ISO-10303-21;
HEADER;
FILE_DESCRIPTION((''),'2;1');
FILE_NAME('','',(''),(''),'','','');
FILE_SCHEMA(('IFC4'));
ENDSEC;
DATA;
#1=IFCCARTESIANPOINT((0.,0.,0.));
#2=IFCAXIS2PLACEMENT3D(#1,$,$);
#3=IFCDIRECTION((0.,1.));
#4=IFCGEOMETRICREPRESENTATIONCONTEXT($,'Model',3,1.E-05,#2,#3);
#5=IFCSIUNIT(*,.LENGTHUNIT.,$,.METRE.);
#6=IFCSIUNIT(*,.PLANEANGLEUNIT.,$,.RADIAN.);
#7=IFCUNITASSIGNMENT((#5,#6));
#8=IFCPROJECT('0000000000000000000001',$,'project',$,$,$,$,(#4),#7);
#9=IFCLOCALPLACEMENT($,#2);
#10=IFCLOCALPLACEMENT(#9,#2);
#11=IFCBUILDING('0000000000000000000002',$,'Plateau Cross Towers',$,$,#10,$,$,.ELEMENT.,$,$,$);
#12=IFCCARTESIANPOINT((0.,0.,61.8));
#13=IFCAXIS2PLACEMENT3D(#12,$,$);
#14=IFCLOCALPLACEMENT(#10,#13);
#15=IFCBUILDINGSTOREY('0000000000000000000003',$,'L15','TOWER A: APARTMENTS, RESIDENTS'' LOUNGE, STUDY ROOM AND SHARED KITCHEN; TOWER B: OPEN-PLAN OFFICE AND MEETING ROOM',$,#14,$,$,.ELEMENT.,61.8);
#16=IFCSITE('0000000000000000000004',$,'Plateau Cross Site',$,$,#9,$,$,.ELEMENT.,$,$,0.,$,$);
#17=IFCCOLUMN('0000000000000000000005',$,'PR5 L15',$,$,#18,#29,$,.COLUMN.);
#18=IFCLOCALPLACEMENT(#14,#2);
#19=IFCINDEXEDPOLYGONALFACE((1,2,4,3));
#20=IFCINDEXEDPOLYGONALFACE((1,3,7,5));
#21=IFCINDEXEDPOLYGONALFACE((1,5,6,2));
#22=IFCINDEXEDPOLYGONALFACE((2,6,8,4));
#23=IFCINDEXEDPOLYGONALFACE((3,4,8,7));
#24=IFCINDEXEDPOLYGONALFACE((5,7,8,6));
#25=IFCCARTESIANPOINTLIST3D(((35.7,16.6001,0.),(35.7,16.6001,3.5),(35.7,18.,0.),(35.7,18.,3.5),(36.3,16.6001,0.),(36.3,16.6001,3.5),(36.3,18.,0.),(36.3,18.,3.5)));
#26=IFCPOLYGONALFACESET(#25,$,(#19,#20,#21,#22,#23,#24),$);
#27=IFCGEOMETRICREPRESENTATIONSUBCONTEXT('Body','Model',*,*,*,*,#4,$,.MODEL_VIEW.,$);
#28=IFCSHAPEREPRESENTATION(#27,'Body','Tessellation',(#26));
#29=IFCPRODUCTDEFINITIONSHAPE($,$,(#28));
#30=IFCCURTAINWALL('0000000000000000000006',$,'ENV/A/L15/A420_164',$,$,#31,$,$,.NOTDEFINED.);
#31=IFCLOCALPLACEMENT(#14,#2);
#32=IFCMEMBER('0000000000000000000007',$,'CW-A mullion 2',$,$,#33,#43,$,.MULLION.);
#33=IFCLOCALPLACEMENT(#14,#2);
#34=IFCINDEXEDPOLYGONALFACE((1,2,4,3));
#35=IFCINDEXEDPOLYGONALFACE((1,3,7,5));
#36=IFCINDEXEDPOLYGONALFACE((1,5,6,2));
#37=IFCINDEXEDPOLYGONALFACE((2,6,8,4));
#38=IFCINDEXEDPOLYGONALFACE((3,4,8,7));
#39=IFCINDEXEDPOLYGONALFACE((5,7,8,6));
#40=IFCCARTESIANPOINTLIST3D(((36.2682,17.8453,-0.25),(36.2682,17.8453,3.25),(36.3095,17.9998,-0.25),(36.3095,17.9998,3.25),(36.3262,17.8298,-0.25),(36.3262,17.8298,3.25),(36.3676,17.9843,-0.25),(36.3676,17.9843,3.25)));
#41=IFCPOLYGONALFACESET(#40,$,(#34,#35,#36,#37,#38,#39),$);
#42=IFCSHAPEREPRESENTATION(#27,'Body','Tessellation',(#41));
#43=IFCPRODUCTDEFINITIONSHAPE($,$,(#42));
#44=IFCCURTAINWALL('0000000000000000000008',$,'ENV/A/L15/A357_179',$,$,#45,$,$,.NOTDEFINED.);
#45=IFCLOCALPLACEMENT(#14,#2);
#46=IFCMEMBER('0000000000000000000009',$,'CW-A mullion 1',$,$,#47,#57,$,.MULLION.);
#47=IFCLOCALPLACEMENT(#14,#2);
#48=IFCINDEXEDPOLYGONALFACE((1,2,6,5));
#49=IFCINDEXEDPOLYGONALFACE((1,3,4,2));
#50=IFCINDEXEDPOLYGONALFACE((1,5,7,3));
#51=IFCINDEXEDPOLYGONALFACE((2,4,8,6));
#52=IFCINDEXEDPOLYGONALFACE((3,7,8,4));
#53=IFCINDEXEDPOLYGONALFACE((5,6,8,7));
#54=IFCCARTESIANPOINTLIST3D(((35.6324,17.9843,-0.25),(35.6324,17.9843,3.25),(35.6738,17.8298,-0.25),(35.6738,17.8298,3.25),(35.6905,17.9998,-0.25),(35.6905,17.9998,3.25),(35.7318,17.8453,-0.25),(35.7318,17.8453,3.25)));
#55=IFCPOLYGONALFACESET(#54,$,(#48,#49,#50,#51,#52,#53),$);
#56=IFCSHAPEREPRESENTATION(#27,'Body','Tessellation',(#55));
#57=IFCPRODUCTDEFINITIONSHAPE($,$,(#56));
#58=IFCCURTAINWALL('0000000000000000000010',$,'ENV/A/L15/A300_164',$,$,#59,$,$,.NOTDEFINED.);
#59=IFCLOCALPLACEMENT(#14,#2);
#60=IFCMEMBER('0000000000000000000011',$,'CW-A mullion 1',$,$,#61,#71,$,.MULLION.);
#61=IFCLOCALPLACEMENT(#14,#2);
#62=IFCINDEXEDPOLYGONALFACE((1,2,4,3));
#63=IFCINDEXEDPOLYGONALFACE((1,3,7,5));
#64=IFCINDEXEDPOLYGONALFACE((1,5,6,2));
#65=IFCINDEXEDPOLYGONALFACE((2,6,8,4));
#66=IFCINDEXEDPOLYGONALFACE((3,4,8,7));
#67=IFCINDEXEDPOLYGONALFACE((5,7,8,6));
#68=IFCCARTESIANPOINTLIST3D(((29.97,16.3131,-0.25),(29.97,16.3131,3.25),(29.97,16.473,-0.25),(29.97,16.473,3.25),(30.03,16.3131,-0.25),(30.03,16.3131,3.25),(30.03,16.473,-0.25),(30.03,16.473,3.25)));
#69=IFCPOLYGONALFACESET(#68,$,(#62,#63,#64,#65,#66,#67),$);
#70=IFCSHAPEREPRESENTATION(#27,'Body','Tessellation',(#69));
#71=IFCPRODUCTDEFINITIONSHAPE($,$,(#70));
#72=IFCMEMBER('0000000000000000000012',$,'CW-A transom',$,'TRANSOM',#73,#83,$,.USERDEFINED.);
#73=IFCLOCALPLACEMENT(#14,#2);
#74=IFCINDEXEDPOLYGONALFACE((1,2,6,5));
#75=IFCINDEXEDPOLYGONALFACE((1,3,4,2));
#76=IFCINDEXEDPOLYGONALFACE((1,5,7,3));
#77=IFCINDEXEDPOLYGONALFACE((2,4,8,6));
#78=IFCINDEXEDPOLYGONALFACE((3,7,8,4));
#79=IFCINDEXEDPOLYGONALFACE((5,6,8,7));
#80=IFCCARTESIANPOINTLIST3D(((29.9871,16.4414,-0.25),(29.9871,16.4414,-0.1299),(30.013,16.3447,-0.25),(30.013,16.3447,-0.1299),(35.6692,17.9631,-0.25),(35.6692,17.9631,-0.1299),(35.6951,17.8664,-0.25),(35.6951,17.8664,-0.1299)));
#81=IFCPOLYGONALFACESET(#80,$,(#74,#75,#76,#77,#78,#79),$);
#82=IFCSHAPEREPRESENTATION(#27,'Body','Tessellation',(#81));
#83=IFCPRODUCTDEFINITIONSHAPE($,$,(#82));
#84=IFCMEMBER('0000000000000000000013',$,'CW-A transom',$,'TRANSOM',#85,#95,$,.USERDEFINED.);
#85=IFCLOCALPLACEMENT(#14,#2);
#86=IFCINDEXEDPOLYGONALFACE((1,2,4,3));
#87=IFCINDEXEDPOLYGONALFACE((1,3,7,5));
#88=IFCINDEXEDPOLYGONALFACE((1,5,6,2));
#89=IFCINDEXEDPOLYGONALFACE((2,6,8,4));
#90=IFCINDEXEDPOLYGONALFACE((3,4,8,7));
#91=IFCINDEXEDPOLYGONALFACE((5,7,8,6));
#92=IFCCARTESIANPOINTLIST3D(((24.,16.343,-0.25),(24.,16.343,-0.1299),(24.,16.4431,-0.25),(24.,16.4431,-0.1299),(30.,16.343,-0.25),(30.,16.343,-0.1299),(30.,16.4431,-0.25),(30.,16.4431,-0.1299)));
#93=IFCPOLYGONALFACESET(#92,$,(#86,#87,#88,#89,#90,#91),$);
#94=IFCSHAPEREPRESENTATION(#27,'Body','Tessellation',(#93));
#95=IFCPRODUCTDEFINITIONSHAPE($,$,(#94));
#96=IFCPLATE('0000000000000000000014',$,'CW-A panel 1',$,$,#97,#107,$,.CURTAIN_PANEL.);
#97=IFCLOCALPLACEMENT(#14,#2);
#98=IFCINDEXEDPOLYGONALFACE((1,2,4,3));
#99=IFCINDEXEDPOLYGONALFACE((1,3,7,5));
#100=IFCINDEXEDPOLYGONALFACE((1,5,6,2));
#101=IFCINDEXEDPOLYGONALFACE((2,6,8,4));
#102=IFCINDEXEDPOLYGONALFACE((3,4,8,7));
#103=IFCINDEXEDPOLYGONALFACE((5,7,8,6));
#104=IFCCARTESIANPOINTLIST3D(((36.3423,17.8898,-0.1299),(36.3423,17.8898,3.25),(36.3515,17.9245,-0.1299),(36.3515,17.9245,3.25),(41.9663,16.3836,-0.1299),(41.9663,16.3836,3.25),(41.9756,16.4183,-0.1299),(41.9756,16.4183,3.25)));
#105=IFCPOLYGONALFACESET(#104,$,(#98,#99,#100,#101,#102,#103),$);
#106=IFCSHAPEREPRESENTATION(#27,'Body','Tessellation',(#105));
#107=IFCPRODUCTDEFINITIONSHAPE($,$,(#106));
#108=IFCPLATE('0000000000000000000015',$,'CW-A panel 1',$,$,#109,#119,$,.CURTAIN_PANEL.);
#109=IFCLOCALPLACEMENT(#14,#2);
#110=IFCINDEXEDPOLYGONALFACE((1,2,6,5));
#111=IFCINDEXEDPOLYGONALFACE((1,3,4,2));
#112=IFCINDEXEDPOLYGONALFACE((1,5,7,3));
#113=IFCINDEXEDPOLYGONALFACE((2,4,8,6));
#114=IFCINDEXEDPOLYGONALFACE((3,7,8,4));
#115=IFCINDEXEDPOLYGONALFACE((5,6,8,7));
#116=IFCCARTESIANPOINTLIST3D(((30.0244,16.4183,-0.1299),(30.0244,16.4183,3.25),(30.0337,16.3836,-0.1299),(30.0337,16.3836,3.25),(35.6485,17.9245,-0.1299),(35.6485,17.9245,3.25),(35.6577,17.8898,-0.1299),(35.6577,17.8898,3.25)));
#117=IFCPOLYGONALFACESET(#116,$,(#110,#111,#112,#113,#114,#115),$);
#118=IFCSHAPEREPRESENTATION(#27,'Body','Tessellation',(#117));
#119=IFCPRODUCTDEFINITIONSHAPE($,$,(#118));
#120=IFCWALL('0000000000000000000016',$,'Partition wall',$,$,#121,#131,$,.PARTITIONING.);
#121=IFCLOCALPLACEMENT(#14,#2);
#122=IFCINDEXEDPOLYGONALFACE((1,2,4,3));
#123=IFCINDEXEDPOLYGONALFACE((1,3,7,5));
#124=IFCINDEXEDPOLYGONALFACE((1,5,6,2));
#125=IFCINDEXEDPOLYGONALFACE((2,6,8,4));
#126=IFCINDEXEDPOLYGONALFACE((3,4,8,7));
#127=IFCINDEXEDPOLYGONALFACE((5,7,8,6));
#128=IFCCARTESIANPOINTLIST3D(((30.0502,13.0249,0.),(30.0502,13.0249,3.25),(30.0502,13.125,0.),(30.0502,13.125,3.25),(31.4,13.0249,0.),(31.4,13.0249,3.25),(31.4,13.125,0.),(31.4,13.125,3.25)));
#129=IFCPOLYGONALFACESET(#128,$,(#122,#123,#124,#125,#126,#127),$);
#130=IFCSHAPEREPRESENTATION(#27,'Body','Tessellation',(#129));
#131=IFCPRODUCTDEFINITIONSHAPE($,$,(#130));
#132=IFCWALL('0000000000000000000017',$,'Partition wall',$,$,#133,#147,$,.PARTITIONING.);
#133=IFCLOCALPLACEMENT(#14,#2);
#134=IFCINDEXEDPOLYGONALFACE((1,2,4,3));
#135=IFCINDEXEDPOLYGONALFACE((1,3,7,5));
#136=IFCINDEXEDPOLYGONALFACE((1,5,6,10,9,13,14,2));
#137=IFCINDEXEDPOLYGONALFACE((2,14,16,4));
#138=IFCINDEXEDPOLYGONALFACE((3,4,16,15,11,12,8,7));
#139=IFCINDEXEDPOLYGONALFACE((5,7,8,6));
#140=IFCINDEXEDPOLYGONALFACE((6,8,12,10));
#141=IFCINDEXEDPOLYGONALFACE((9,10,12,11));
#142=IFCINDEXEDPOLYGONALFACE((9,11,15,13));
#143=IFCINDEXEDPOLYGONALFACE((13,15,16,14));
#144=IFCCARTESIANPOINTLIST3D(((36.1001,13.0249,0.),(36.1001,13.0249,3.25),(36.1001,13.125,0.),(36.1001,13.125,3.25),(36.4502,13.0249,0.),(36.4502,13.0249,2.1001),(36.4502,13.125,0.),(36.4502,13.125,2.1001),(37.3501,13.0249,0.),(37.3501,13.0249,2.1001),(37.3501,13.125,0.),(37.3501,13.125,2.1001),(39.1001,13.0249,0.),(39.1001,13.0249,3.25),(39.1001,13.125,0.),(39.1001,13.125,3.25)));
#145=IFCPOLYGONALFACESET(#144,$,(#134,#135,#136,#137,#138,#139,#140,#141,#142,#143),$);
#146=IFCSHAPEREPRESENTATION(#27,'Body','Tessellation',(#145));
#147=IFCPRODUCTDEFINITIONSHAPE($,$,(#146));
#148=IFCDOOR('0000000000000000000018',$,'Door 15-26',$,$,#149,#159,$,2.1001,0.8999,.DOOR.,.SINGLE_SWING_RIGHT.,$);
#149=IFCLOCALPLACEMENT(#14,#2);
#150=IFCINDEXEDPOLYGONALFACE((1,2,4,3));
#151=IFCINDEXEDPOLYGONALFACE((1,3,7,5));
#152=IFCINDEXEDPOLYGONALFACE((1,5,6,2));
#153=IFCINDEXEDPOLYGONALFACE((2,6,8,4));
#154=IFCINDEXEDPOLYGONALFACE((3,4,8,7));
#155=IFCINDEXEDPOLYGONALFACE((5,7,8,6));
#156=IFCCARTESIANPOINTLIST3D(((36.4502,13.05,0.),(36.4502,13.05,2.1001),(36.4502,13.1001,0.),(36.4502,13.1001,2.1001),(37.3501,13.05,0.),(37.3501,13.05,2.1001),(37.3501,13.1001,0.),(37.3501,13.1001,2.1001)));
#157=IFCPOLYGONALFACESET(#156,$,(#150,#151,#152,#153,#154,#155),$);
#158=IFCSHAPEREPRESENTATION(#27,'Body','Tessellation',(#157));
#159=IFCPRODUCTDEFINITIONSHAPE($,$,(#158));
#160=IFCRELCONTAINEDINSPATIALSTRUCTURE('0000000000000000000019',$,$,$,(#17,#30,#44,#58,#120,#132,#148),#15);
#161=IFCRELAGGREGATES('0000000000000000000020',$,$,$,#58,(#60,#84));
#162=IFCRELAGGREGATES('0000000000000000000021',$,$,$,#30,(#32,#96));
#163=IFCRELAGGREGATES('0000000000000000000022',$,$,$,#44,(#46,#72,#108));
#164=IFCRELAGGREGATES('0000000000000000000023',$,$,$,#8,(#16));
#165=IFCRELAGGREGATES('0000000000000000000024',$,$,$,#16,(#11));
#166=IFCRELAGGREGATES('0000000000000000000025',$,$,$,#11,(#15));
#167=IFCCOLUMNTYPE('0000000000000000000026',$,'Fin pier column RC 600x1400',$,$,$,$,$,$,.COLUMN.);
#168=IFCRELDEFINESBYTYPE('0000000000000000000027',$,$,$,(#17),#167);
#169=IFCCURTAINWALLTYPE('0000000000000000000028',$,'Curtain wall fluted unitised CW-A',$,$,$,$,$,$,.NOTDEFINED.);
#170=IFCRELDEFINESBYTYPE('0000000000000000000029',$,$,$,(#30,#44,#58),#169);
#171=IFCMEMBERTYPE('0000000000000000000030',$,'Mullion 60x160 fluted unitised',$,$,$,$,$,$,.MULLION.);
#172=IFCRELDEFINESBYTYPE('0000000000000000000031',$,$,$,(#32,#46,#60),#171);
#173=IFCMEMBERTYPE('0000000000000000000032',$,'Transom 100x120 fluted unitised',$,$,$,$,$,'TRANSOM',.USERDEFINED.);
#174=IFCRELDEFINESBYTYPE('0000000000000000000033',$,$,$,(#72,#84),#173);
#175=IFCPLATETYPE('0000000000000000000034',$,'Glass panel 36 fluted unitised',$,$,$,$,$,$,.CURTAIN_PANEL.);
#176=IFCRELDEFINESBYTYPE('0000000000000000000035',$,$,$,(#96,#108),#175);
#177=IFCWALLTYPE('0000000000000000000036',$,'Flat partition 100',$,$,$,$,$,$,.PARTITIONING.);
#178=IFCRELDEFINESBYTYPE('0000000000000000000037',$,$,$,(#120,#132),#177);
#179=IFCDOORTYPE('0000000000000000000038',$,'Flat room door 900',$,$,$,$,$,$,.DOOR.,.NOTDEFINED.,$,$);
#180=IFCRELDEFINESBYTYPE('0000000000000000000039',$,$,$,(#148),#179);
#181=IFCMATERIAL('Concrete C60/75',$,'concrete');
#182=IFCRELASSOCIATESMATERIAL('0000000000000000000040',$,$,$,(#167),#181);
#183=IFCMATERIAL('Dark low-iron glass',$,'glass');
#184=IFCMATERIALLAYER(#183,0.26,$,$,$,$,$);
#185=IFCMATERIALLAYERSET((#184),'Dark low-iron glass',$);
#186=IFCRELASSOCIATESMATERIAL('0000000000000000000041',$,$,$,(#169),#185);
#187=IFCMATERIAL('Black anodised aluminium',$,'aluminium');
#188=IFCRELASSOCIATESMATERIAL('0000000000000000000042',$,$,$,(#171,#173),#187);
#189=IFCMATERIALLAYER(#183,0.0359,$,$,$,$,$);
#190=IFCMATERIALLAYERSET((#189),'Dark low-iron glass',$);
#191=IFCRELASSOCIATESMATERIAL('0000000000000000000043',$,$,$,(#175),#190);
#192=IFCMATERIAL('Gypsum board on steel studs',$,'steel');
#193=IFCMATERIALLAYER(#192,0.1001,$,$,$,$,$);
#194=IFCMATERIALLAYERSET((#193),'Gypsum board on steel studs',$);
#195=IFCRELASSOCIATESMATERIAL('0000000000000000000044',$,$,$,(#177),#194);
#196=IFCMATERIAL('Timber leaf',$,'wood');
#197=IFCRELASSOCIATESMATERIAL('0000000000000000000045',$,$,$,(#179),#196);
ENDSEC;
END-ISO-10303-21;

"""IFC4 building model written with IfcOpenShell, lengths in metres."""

from ifc_helpers import new_model, si_unit, direction, frame, frame_2d, origin, origin_2d, place, context, subcontext, project, spatial, rectangle, extrude, material, layer, layer_set, material_profile, profile_set, type_object, element, fill, aggregate, save


model = new_model("IFC4")

# Units and contexts
model_context = context("Model", 3, precision=1e-05, world=origin(), true_north=direction((0.0, 1.0)))
body_context = subcontext(model_context, "Body", "Model", "MODEL_VIEW")
ifc_project = project(units=[si_unit("LENGTHUNIT", "METRE"), si_unit("PLANEANGLEUNIT", "RADIAN")], contexts=[model_context])

# Site, building, storey
site_placement = place(None, origin())
site = spatial("IfcSite", under=ifc_project, at=site_placement, Name="Plateau Cross Site", CompositionType="ELEMENT", RefElevation=0.0)
building_placement = place(site_placement, origin())
building = spatial("IfcBuilding", under=site, at=building_placement, Name="Plateau Cross Towers", CompositionType="ELEMENT")
storey_placement = place(building_placement, frame((0.0, 0.0, 61.8)))
storey = spatial("IfcBuildingStorey", under=building, at=storey_placement, Name="L15", Description="TOWER A: APARTMENTS, RESIDENTS' LOUNGE, STUDY ROOM AND SHARED KITCHEN; TOWER B: OPEN-PLAN OFFICE AND MEETING ROOM", CompositionType="ELEMENT", Elevation=61.8)

# Column
ifc_material_1 = material(Name="Concrete C60/75", Category="concrete")
ifc_material_profile_1 = material_profile(ifc_material_1, rectangle(XDim=0.6001, YDim=1.3999, at=origin_2d()), Name="RC 600x1400")
ifc_profile_set_1 = profile_set([ifc_material_profile_1], Name="Concrete C60/75")
column_type = type_object("IfcColumnType", Name="Fin pier column RC 600x1400", PredefinedType="COLUMN", material=ifc_profile_set_1)
column_placement = place(storey_placement, frame((36.0, 17.3, 0.0), z_axis=(0.0, 0.0, 1.0), x_axis=(1.0, 0.0, 0.0)))
element("IfcColumn", 1, at=column_placement, inside=storey, type_object=column_type, Name="PR5 L15", PredefinedType="COLUMN", context=body_context, shape_type="SweptSolid", body=[
    extrude(rectangle(XDim=0.6001, YDim=1.3999, at=origin_2d()), origin(), (0.0, 0.0, 1.0), 3.5),
])

# Curtain walls, members
ifc_material_2 = material(Name="Dark low-iron glass", Category="glass")
ifc_layer_1 = layer(ifc_material_2, 0.26)
ifc_layer_set_1 = layer_set([ifc_layer_1], Name="Dark low-iron glass")
curtain_wall_type = type_object("IfcCurtainWallType", Name="Curtain wall fluted unitised CW-A", PredefinedType="NOTDEFINED", material=ifc_layer_set_1)
curtain_wall_1_placement = place(storey_placement, origin())
curtain_wall_1 = element("IfcCurtainWall", 2, at=curtain_wall_1_placement, inside=storey, type_object=curtain_wall_type, Name="ENV/A/L15/A420_164", PredefinedType="NOTDEFINED")
ifc_material_3 = material(Name="Black anodised aluminium", Category="aluminium")
ifc_material_profile_2 = material_profile(ifc_material_3, rectangle(XDim=0.0601, YDim=0.1599, at=origin_2d()), Name="MULLION 60x160")
ifc_profile_set_2 = profile_set([ifc_material_profile_2], Name="Black anodised aluminium")
member_type_1 = type_object("IfcMemberType", Name="Mullion 60x160 fluted unitised", PredefinedType="MULLION", material=ifc_profile_set_2)
member_1_placement = place(storey_placement, frame((36.3179, 17.9148, -0.25), z_axis=(0.0, 0.0, 1.0), x_axis=(-0.965958, 0.258699, 0.0)))
member_1 = element("IfcMember", 3, at=member_1_placement, type_object=member_type_1, Name="CW-A mullion 2", PredefinedType="MULLION", context=body_context, shape_type="SweptSolid", body=[
    extrude(rectangle(XDim=0.0601, YDim=0.1599, at=origin_2d()), origin(), (0.0, 0.0, 1.0), 3.5),
])
curtain_wall_2_placement = place(storey_placement, origin())
curtain_wall_2 = element("IfcCurtainWall", 4, at=curtain_wall_2_placement, inside=storey, type_object=curtain_wall_type, Name="ENV/A/L15/A357_179", PredefinedType="NOTDEFINED")
member_2_placement = place(storey_placement, frame((35.6821, 17.9148, -0.25), z_axis=(0.0, 0.0, 1.0), x_axis=(-0.965958, -0.258699, 0.0)))
member_2 = element("IfcMember", 5, at=member_2_placement, type_object=member_type_1, Name="CW-A mullion 1", PredefinedType="MULLION", context=body_context, shape_type="SweptSolid", body=[
    extrude(rectangle(XDim=0.0601, YDim=0.1599, at=origin_2d()), origin(), (0.0, 0.0, 1.0), 3.5),
])
curtain_wall_3_placement = place(storey_placement, origin())
curtain_wall_3 = element("IfcCurtainWall", 6, at=curtain_wall_3_placement, inside=storey, type_object=curtain_wall_type, Name="ENV/A/L15/A300_164", PredefinedType="NOTDEFINED")
member_3_placement = place(storey_placement, frame((30.0, 16.3931, -0.25), z_axis=(0.0, 0.0, 1.0), x_axis=(-1.0, 0.0, 0.0)))
member_3 = element("IfcMember", 7, at=member_3_placement, type_object=member_type_1, Name="CW-A mullion 1", PredefinedType="MULLION", context=body_context, shape_type="SweptSolid", body=[
    extrude(rectangle(XDim=0.0601, YDim=0.1599, at=origin_2d()), origin(), (0.0, 0.0, 1.0), 3.5),
])

# Members
ifc_material_profile_3 = material_profile(ifc_material_3, rectangle(XDim=0.1001, YDim=0.1201, at=origin_2d()), Name="TRANSOM 100x120")
ifc_profile_set_3 = profile_set([ifc_material_profile_3], Name="Black anodised aluminium")
member_type_2 = type_object("IfcMemberType", Name="Transom 100x120 fluted unitised", ElementType="TRANSOM", PredefinedType="USERDEFINED", material=ifc_profile_set_3)
member_4_placement = place(storey_placement, frame((35.6821, 17.9148, -0.1899), z_axis=(-0.96596, -0.258693, 0.0), x_axis=(0.258693, -0.96596, 0.0)))
member_4 = element("IfcMember", 8, at=member_4_placement, type_object=member_type_2, Name="CW-A transom", ObjectType="TRANSOM", PredefinedType="USERDEFINED", context=body_context, shape_type="SweptSolid", body=[
    extrude(rectangle(XDim=0.1001, YDim=0.1201, at=origin_2d()), origin(), (0.0, 0.0, 1.0), 5.8823),
])
member_5_placement = place(storey_placement, frame((30.0, 16.3931, -0.1899), z_axis=(-1.0, 0.0, 0.0), x_axis=(0.0, -1.0, 0.0)))
member_5 = element("IfcMember", 9, at=member_5_placement, type_object=member_type_2, Name="CW-A transom", ObjectType="TRANSOM", PredefinedType="USERDEFINED", context=body_context, shape_type="SweptSolid", body=[
    extrude(rectangle(XDim=0.1001, YDim=0.1201, at=origin_2d()), origin(), (0.0, 0.0, 1.0), 6.0),
])
aggregate(curtain_wall_3, [member_3, member_5])

# Plates
ifc_layer_2 = layer(ifc_material_2, 0.0359)
ifc_layer_set_2 = layer_set([ifc_layer_2], Name="Dark low-iron glass")
plate_type = type_object("IfcPlateType", Name="Glass panel 36 fluted unitised", PredefinedType="CURTAIN_PANEL", material=ifc_layer_set_2)
plate_1_placement = place(storey_placement, frame((39.1589, 17.1541, -0.1299), z_axis=(0.0, 0.0, 1.0), x_axis=(-0.965958, 0.258699, 0.0)))
plate_1 = element("IfcPlate", 10, at=plate_1_placement, type_object=plate_type, Name="CW-A panel 1", PredefinedType="CURTAIN_PANEL", context=body_context, shape_type="SweptSolid", body=[
    extrude(rectangle(XDim=5.8223, YDim=0.0359, at=origin_2d()), origin(), (0.0, 0.0, 1.0), 3.3799),
])
aggregate(curtain_wall_1, [member_1, plate_1])
plate_2_placement = place(storey_placement, frame((32.8411, 17.1541, -0.1299), z_axis=(0.0, 0.0, 1.0), x_axis=(-0.965958, -0.258699, 0.0)))
plate_2 = element("IfcPlate", 11, at=plate_2_placement, type_object=plate_type, Name="CW-A panel 1", PredefinedType="CURTAIN_PANEL", context=body_context, shape_type="SweptSolid", body=[
    extrude(rectangle(XDim=5.8223, YDim=0.0359, at=origin_2d()), origin(), (0.0, 0.0, 1.0), 3.3799),
])
aggregate(curtain_wall_2, [member_2, member_4, plate_2])

# Wall
ifc_material_4 = material(Name="Gypsum board on steel studs", Category="steel")
ifc_layer_3 = layer(ifc_material_4, 0.1001)
ifc_layer_set_3 = layer_set([ifc_layer_3], Name="Gypsum board on steel studs")
wall_type_1 = type_object("IfcWallType", Name="Flat partition 100", PredefinedType="PARTITIONING", material=ifc_layer_set_3)
wall_1_placement = place(storey_placement, frame((31.3999, 13.075, 0.0), z_axis=(0.0, 0.0, 1.0), x_axis=(-1.0, 0.0, 0.0)))
element("IfcWall", 12, at=wall_1_placement, inside=storey, type_object=wall_type_1, Name="Partition wall", PredefinedType="PARTITIONING", context=body_context, shape_type="SweptSolid", body=[
    extrude(rectangle(XDim=1.3499, YDim=0.1001, at=frame_2d((0.6748, 0.0))), origin(), (0.0, 0.0, 1.0), 3.25),
])

# Wall, opening, door
wall_2_placement = place(storey_placement, frame((39.1001, 13.075, 0.0), z_axis=(0.0, 0.0, 1.0), x_axis=(-1.0, 0.0, 0.0)))
wall_2 = element("IfcWall", 13, at=wall_2_placement, inside=storey, type_object=wall_type_1, Name="Partition wall", PredefinedType="PARTITIONING", context=body_context, shape_type="SweptSolid", body=[
    extrude(rectangle(XDim=3.0, YDim=0.1001, at=frame_2d((1.5, 0.0))), origin(), (0.0, 0.0, 1.0), 3.25),
])
opening_1_placement = place(wall_2_placement, frame((1.75, 0.0, 0.0)))
opening_1 = element("IfcOpeningElement", 14, at=opening_1_placement, cuts=wall_2, PredefinedType="OPENING", context=body_context, shape_type="SweptSolid", body=[
    extrude(rectangle(XDim=0.8999, YDim=2.1001, at=frame_2d((0.45, 1.05))), frame((0.0, 0.0601, 0.0), z_axis=(0.0, -1.0, 0.0), x_axis=(1.0, 0.0, 0.0)), (0.0, 0.0, 1.0), 0.1201),
])
ifc_material_5 = material(Name="Timber leaf", Category="wood")
door_type = type_object("IfcDoorType", Name="Flat room door 900", OperationType="NOTDEFINED", PredefinedType="DOOR", material=ifc_material_5)
door_1_placement = place(opening_1_placement, origin())
door_1 = element("IfcDoor", 15, at=door_1_placement, inside=storey, type_object=door_type, Name="Door 15-26", OperationType="SINGLE_SWING_RIGHT", OverallHeight=2.1001, OverallWidth=0.8999, PredefinedType="DOOR", context=body_context, shape_type="SweptSolid", body=[
    extrude(rectangle(XDim=0.8999, YDim=2.1001, at=frame_2d((0.45, 1.05))), frame((0.0, 0.0249, 0.0), z_axis=(0.0, -1.0, 0.0), x_axis=(1.0, 0.0, 0.0)), (0.0, 0.0, 1.0), 0.05),
])
fill(opening_1, door_1)

save(model, "model.ifc")
